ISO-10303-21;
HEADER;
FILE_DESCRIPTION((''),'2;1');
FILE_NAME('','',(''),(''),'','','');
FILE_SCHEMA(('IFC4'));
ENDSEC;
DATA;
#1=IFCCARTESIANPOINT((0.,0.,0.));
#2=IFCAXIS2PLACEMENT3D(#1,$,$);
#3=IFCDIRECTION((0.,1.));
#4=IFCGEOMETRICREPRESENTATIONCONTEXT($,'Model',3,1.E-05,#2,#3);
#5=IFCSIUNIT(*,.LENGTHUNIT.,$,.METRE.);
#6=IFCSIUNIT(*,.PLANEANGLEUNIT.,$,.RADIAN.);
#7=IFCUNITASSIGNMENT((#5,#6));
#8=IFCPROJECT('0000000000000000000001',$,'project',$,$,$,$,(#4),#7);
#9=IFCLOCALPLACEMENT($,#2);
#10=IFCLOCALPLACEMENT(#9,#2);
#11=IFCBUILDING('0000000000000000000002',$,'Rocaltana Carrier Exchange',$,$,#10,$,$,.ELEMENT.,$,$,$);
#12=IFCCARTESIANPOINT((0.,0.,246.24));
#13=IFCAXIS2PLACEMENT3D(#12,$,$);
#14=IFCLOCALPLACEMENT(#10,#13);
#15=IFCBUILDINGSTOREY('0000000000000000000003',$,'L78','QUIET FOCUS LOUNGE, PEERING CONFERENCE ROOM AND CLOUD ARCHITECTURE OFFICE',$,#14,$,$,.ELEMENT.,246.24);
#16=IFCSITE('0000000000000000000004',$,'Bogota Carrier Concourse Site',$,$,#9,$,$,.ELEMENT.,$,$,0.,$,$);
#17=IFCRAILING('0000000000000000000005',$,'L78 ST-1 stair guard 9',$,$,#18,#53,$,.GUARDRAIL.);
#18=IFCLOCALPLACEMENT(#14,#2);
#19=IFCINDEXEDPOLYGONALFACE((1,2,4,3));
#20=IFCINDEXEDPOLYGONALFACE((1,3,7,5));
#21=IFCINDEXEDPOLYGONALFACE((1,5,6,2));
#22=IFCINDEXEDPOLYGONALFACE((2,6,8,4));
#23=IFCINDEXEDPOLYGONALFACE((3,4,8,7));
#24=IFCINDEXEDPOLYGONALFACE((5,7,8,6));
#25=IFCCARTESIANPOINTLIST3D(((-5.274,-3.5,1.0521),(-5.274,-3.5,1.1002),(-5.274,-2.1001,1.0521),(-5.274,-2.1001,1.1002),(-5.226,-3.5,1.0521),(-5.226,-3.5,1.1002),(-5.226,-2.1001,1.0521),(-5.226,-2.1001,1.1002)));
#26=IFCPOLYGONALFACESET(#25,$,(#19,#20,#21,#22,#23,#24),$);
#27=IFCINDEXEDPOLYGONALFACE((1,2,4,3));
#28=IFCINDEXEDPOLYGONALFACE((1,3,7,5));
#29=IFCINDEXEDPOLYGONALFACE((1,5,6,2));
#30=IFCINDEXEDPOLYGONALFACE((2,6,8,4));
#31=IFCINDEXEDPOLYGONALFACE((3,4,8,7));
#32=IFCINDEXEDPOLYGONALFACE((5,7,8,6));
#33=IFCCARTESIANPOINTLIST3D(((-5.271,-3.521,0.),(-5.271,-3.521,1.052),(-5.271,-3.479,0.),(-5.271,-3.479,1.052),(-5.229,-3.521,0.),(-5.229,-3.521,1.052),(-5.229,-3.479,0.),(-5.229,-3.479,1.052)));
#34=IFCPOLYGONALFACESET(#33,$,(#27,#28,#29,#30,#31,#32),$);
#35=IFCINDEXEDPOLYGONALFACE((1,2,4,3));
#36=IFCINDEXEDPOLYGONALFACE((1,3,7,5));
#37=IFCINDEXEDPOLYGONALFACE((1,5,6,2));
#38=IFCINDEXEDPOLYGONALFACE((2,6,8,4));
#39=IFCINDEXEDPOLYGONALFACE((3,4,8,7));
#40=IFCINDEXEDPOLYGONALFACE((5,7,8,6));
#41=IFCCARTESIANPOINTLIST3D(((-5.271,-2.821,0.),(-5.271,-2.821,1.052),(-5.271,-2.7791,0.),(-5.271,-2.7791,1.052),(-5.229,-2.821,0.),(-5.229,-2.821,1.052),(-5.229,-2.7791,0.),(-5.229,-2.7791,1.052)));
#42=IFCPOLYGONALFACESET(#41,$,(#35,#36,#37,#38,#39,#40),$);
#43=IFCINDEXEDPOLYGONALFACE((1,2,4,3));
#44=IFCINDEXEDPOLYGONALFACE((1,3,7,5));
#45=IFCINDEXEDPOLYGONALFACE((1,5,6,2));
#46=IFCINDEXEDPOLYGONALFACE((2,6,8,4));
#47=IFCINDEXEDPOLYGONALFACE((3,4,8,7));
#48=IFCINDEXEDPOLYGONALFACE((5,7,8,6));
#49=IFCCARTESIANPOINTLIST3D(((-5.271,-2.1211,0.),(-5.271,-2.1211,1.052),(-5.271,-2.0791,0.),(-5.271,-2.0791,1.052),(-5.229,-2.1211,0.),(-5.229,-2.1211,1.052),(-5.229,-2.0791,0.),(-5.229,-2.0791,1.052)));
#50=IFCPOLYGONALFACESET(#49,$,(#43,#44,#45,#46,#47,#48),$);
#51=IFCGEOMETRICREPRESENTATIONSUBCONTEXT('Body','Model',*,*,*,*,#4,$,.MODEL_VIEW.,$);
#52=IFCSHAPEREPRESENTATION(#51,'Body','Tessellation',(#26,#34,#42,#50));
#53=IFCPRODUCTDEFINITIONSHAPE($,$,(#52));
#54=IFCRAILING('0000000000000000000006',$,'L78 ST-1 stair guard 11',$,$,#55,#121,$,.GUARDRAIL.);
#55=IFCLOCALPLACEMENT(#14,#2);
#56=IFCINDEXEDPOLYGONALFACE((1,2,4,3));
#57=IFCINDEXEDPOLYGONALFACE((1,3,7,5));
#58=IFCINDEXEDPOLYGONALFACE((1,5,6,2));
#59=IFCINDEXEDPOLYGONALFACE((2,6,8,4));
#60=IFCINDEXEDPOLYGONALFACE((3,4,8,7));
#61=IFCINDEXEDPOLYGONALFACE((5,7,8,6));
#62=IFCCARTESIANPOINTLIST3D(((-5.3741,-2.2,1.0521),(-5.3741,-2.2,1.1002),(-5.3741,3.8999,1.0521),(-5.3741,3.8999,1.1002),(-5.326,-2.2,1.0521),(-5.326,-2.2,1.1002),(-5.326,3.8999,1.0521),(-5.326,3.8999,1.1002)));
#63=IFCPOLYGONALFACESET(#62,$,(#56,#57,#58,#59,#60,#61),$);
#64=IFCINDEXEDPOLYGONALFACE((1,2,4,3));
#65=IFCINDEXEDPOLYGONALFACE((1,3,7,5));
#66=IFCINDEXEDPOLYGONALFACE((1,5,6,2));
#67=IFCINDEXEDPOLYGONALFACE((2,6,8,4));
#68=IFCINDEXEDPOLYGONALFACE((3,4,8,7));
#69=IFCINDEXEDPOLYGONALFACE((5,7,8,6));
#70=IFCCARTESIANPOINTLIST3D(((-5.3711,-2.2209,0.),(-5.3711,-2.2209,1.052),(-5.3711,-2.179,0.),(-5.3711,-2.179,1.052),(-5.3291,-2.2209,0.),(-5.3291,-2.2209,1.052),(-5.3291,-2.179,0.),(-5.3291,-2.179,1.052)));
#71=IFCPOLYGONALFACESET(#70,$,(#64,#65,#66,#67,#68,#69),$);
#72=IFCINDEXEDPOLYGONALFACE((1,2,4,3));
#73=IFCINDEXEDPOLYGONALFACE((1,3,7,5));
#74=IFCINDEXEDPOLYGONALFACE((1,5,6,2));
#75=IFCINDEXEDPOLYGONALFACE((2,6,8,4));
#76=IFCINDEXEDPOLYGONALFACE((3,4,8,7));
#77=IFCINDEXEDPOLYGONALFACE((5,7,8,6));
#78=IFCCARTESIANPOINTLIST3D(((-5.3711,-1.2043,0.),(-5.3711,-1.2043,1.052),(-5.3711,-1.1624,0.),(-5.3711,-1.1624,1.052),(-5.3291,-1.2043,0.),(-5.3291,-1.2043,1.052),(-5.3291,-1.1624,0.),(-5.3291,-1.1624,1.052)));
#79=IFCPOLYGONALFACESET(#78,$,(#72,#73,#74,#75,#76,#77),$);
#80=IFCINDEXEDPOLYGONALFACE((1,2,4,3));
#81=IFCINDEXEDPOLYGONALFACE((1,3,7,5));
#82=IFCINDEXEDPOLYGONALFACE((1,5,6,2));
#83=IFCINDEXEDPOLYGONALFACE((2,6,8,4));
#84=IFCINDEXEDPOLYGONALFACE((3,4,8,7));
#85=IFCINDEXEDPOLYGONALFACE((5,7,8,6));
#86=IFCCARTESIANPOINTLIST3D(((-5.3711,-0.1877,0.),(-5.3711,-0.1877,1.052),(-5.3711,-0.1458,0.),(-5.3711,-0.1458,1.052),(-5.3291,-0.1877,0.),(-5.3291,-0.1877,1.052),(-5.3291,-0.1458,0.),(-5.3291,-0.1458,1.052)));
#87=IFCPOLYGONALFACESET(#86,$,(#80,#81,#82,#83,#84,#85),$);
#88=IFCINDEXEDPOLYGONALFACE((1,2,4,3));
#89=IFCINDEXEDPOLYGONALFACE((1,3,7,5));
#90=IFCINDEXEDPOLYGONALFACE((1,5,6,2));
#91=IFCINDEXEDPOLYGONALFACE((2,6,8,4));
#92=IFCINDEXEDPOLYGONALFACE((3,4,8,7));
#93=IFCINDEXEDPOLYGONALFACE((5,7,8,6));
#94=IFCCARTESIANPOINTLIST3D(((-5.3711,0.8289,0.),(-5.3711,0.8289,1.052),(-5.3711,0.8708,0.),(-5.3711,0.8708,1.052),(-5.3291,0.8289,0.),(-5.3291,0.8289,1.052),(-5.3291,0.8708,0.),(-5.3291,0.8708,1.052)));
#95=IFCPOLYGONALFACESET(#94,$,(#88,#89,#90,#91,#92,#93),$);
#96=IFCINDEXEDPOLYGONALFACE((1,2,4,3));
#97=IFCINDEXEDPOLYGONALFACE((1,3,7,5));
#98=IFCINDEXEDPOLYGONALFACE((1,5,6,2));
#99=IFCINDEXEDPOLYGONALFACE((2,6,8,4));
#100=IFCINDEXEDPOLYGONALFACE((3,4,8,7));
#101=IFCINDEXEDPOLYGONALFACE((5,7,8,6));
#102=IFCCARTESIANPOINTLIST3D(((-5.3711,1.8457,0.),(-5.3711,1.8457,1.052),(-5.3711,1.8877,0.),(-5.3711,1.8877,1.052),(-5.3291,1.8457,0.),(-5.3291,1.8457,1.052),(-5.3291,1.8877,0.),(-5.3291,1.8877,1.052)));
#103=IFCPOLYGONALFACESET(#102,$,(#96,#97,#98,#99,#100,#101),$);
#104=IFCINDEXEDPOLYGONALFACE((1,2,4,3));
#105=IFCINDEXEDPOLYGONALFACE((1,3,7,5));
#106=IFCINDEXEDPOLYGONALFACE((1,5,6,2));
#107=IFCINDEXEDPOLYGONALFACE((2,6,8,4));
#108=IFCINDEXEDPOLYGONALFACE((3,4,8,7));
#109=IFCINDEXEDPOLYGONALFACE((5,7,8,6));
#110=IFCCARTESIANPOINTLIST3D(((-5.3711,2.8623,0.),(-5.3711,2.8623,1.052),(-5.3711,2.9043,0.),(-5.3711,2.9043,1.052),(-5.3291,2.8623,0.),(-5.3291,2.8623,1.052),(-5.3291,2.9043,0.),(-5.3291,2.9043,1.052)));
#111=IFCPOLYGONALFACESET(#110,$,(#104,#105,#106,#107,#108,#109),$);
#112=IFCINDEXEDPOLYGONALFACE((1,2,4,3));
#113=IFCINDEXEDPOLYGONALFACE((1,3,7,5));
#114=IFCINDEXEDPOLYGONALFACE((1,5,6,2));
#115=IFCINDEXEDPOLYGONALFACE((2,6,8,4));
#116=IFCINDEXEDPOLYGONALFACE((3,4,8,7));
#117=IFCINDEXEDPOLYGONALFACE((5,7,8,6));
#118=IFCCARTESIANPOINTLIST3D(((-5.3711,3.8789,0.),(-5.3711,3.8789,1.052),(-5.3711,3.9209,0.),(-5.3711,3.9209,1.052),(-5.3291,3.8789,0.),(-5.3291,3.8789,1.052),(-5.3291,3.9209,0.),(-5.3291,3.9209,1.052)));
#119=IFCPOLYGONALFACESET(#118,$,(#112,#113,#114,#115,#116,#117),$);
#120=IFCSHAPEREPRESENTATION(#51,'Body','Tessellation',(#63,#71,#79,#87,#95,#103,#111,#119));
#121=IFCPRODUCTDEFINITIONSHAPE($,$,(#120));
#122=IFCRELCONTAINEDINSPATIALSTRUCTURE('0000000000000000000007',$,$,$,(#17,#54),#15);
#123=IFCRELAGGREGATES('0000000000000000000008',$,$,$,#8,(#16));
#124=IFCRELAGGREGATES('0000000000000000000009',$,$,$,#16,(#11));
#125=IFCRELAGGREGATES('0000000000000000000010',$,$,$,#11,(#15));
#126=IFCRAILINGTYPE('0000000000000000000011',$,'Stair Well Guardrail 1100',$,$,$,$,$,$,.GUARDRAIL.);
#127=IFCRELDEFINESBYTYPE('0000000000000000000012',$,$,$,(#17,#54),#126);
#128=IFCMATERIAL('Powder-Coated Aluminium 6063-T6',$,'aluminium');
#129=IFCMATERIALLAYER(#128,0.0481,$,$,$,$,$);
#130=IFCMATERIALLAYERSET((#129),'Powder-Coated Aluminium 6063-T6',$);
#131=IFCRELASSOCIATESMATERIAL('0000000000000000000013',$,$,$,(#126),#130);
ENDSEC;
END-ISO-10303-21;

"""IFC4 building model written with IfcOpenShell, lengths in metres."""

from ifc_helpers import new_model, si_unit, direction, frame, origin, origin_2d, place, context, subcontext, project, spatial, rectangle, extrude, material, layer, layer_set, type_object, element, save


model = new_model("IFC4")

# Units and contexts
model_context = context("Model", 3, precision=1e-05, world=origin(), true_north=direction((0.0, 1.0)))
body_context = subcontext(model_context, "Body", "Model", "MODEL_VIEW")
ifc_project = project(units=[si_unit("LENGTHUNIT", "METRE"), si_unit("PLANEANGLEUNIT", "RADIAN")], contexts=[model_context])

# Site, building, storey
site_placement = place(None, origin())
site = spatial("IfcSite", under=ifc_project, at=site_placement, Name="Bogota Carrier Concourse Site", CompositionType="ELEMENT", RefElevation=0.0)
building_placement = place(site_placement, origin())
building = spatial("IfcBuilding", under=site, at=building_placement, Name="Rocaltana Carrier Exchange", CompositionType="ELEMENT")
storey_placement = place(building_placement, frame((0.0, 0.0, 246.24)))
storey = spatial("IfcBuildingStorey", under=building, at=storey_placement, Name="L78", Description="QUIET FOCUS LOUNGE, PEERING CONFERENCE ROOM AND CLOUD ARCHITECTURE OFFICE", CompositionType="ELEMENT", Elevation=246.24)

# Railings
ifc_material_1 = material(Name="Powder-Coated Aluminium 6063-T6", Category="aluminium")
ifc_layer_1 = layer(ifc_material_1, 0.0481)
ifc_layer_set_1 = layer_set([ifc_layer_1], Name="Powder-Coated Aluminium 6063-T6")
railing_type = type_object("IfcRailingType", Name="Stair Well Guardrail 1100", PredefinedType="GUARDRAIL", material=ifc_layer_set_1)
railing_1_placement = place(storey_placement, frame((-5.25, -3.5, 0.0)))
element("IfcRailing", 1, at=railing_1_placement, inside=storey, type_object=railing_type, Name="L78 ST-1 stair guard 9", PredefinedType="GUARDRAIL", context=body_context, shape_type="SweptSolid", body=[
    extrude(rectangle(XDim=0.0481, YDim=0.0481, at=origin_2d()), frame((0.0, 0.0, 1.0762), z_axis=(0.0, 1.0, 0.0), x_axis=(-1.0, 0.0, 0.0)), (0.0, 0.0, 1.0), 1.3999),
    extrude(rectangle(XDim=0.042, YDim=0.042, at=origin_2d()), origin(), (0.0, 0.0, 1.0), 1.052),
    extrude(rectangle(XDim=0.042, YDim=0.042, at=origin_2d()), frame((0.0, 0.7, 0.0)), (0.0, 0.0, 1.0), 1.052),
    extrude(rectangle(XDim=0.042, YDim=0.042, at=origin_2d()), frame((0.0, 1.3999, 0.0)), (0.0, 0.0, 1.0), 1.052),
])
railing_2_placement = place(storey_placement, frame((-5.3501, -2.2, 0.0)))
element("IfcRailing", 2, at=railing_2_placement, inside=storey, type_object=railing_type, Name="L78 ST-1 stair guard 11", PredefinedType="GUARDRAIL", context=body_context, shape_type="SweptSolid", body=[
    extrude(rectangle(XDim=0.0481, YDim=0.0481, at=origin_2d()), frame((0.0, 0.0, 1.0762), z_axis=(0.0, 1.0, 0.0), x_axis=(-1.0, 0.0, 0.0)), (0.0, 0.0, 1.0), 6.0999),
    extrude(rectangle(XDim=0.042, YDim=0.042, at=origin_2d()), origin(), (0.0, 0.0, 1.0), 1.052),
    extrude(rectangle(XDim=0.042, YDim=0.042, at=origin_2d()), frame((0.0, 1.0166, 0.0)), (0.0, 0.0, 1.0), 1.052),
    extrude(rectangle(XDim=0.042, YDim=0.042, at=origin_2d()), frame((0.0, 2.0332, 0.0)), (0.0, 0.0, 1.0), 1.052),
    extrude(rectangle(XDim=0.042, YDim=0.042, at=origin_2d()), frame((0.0, 3.0498, 0.0)), (0.0, 0.0, 1.0), 1.052),
    extrude(rectangle(XDim=0.042, YDim=0.042, at=origin_2d()), frame((0.0, 4.0667, 0.0)), (0.0, 0.0, 1.0), 1.052),
    extrude(rectangle(XDim=0.042, YDim=0.042, at=origin_2d()), frame((0.0, 5.0833, 0.0)), (0.0, 0.0, 1.0), 1.052),
    extrude(rectangle(XDim=0.042, YDim=0.042, at=origin_2d()), frame((0.0, 6.0999, 0.0)), (0.0, 0.0, 1.0), 1.052),
])

save(model, "model.ifc")
